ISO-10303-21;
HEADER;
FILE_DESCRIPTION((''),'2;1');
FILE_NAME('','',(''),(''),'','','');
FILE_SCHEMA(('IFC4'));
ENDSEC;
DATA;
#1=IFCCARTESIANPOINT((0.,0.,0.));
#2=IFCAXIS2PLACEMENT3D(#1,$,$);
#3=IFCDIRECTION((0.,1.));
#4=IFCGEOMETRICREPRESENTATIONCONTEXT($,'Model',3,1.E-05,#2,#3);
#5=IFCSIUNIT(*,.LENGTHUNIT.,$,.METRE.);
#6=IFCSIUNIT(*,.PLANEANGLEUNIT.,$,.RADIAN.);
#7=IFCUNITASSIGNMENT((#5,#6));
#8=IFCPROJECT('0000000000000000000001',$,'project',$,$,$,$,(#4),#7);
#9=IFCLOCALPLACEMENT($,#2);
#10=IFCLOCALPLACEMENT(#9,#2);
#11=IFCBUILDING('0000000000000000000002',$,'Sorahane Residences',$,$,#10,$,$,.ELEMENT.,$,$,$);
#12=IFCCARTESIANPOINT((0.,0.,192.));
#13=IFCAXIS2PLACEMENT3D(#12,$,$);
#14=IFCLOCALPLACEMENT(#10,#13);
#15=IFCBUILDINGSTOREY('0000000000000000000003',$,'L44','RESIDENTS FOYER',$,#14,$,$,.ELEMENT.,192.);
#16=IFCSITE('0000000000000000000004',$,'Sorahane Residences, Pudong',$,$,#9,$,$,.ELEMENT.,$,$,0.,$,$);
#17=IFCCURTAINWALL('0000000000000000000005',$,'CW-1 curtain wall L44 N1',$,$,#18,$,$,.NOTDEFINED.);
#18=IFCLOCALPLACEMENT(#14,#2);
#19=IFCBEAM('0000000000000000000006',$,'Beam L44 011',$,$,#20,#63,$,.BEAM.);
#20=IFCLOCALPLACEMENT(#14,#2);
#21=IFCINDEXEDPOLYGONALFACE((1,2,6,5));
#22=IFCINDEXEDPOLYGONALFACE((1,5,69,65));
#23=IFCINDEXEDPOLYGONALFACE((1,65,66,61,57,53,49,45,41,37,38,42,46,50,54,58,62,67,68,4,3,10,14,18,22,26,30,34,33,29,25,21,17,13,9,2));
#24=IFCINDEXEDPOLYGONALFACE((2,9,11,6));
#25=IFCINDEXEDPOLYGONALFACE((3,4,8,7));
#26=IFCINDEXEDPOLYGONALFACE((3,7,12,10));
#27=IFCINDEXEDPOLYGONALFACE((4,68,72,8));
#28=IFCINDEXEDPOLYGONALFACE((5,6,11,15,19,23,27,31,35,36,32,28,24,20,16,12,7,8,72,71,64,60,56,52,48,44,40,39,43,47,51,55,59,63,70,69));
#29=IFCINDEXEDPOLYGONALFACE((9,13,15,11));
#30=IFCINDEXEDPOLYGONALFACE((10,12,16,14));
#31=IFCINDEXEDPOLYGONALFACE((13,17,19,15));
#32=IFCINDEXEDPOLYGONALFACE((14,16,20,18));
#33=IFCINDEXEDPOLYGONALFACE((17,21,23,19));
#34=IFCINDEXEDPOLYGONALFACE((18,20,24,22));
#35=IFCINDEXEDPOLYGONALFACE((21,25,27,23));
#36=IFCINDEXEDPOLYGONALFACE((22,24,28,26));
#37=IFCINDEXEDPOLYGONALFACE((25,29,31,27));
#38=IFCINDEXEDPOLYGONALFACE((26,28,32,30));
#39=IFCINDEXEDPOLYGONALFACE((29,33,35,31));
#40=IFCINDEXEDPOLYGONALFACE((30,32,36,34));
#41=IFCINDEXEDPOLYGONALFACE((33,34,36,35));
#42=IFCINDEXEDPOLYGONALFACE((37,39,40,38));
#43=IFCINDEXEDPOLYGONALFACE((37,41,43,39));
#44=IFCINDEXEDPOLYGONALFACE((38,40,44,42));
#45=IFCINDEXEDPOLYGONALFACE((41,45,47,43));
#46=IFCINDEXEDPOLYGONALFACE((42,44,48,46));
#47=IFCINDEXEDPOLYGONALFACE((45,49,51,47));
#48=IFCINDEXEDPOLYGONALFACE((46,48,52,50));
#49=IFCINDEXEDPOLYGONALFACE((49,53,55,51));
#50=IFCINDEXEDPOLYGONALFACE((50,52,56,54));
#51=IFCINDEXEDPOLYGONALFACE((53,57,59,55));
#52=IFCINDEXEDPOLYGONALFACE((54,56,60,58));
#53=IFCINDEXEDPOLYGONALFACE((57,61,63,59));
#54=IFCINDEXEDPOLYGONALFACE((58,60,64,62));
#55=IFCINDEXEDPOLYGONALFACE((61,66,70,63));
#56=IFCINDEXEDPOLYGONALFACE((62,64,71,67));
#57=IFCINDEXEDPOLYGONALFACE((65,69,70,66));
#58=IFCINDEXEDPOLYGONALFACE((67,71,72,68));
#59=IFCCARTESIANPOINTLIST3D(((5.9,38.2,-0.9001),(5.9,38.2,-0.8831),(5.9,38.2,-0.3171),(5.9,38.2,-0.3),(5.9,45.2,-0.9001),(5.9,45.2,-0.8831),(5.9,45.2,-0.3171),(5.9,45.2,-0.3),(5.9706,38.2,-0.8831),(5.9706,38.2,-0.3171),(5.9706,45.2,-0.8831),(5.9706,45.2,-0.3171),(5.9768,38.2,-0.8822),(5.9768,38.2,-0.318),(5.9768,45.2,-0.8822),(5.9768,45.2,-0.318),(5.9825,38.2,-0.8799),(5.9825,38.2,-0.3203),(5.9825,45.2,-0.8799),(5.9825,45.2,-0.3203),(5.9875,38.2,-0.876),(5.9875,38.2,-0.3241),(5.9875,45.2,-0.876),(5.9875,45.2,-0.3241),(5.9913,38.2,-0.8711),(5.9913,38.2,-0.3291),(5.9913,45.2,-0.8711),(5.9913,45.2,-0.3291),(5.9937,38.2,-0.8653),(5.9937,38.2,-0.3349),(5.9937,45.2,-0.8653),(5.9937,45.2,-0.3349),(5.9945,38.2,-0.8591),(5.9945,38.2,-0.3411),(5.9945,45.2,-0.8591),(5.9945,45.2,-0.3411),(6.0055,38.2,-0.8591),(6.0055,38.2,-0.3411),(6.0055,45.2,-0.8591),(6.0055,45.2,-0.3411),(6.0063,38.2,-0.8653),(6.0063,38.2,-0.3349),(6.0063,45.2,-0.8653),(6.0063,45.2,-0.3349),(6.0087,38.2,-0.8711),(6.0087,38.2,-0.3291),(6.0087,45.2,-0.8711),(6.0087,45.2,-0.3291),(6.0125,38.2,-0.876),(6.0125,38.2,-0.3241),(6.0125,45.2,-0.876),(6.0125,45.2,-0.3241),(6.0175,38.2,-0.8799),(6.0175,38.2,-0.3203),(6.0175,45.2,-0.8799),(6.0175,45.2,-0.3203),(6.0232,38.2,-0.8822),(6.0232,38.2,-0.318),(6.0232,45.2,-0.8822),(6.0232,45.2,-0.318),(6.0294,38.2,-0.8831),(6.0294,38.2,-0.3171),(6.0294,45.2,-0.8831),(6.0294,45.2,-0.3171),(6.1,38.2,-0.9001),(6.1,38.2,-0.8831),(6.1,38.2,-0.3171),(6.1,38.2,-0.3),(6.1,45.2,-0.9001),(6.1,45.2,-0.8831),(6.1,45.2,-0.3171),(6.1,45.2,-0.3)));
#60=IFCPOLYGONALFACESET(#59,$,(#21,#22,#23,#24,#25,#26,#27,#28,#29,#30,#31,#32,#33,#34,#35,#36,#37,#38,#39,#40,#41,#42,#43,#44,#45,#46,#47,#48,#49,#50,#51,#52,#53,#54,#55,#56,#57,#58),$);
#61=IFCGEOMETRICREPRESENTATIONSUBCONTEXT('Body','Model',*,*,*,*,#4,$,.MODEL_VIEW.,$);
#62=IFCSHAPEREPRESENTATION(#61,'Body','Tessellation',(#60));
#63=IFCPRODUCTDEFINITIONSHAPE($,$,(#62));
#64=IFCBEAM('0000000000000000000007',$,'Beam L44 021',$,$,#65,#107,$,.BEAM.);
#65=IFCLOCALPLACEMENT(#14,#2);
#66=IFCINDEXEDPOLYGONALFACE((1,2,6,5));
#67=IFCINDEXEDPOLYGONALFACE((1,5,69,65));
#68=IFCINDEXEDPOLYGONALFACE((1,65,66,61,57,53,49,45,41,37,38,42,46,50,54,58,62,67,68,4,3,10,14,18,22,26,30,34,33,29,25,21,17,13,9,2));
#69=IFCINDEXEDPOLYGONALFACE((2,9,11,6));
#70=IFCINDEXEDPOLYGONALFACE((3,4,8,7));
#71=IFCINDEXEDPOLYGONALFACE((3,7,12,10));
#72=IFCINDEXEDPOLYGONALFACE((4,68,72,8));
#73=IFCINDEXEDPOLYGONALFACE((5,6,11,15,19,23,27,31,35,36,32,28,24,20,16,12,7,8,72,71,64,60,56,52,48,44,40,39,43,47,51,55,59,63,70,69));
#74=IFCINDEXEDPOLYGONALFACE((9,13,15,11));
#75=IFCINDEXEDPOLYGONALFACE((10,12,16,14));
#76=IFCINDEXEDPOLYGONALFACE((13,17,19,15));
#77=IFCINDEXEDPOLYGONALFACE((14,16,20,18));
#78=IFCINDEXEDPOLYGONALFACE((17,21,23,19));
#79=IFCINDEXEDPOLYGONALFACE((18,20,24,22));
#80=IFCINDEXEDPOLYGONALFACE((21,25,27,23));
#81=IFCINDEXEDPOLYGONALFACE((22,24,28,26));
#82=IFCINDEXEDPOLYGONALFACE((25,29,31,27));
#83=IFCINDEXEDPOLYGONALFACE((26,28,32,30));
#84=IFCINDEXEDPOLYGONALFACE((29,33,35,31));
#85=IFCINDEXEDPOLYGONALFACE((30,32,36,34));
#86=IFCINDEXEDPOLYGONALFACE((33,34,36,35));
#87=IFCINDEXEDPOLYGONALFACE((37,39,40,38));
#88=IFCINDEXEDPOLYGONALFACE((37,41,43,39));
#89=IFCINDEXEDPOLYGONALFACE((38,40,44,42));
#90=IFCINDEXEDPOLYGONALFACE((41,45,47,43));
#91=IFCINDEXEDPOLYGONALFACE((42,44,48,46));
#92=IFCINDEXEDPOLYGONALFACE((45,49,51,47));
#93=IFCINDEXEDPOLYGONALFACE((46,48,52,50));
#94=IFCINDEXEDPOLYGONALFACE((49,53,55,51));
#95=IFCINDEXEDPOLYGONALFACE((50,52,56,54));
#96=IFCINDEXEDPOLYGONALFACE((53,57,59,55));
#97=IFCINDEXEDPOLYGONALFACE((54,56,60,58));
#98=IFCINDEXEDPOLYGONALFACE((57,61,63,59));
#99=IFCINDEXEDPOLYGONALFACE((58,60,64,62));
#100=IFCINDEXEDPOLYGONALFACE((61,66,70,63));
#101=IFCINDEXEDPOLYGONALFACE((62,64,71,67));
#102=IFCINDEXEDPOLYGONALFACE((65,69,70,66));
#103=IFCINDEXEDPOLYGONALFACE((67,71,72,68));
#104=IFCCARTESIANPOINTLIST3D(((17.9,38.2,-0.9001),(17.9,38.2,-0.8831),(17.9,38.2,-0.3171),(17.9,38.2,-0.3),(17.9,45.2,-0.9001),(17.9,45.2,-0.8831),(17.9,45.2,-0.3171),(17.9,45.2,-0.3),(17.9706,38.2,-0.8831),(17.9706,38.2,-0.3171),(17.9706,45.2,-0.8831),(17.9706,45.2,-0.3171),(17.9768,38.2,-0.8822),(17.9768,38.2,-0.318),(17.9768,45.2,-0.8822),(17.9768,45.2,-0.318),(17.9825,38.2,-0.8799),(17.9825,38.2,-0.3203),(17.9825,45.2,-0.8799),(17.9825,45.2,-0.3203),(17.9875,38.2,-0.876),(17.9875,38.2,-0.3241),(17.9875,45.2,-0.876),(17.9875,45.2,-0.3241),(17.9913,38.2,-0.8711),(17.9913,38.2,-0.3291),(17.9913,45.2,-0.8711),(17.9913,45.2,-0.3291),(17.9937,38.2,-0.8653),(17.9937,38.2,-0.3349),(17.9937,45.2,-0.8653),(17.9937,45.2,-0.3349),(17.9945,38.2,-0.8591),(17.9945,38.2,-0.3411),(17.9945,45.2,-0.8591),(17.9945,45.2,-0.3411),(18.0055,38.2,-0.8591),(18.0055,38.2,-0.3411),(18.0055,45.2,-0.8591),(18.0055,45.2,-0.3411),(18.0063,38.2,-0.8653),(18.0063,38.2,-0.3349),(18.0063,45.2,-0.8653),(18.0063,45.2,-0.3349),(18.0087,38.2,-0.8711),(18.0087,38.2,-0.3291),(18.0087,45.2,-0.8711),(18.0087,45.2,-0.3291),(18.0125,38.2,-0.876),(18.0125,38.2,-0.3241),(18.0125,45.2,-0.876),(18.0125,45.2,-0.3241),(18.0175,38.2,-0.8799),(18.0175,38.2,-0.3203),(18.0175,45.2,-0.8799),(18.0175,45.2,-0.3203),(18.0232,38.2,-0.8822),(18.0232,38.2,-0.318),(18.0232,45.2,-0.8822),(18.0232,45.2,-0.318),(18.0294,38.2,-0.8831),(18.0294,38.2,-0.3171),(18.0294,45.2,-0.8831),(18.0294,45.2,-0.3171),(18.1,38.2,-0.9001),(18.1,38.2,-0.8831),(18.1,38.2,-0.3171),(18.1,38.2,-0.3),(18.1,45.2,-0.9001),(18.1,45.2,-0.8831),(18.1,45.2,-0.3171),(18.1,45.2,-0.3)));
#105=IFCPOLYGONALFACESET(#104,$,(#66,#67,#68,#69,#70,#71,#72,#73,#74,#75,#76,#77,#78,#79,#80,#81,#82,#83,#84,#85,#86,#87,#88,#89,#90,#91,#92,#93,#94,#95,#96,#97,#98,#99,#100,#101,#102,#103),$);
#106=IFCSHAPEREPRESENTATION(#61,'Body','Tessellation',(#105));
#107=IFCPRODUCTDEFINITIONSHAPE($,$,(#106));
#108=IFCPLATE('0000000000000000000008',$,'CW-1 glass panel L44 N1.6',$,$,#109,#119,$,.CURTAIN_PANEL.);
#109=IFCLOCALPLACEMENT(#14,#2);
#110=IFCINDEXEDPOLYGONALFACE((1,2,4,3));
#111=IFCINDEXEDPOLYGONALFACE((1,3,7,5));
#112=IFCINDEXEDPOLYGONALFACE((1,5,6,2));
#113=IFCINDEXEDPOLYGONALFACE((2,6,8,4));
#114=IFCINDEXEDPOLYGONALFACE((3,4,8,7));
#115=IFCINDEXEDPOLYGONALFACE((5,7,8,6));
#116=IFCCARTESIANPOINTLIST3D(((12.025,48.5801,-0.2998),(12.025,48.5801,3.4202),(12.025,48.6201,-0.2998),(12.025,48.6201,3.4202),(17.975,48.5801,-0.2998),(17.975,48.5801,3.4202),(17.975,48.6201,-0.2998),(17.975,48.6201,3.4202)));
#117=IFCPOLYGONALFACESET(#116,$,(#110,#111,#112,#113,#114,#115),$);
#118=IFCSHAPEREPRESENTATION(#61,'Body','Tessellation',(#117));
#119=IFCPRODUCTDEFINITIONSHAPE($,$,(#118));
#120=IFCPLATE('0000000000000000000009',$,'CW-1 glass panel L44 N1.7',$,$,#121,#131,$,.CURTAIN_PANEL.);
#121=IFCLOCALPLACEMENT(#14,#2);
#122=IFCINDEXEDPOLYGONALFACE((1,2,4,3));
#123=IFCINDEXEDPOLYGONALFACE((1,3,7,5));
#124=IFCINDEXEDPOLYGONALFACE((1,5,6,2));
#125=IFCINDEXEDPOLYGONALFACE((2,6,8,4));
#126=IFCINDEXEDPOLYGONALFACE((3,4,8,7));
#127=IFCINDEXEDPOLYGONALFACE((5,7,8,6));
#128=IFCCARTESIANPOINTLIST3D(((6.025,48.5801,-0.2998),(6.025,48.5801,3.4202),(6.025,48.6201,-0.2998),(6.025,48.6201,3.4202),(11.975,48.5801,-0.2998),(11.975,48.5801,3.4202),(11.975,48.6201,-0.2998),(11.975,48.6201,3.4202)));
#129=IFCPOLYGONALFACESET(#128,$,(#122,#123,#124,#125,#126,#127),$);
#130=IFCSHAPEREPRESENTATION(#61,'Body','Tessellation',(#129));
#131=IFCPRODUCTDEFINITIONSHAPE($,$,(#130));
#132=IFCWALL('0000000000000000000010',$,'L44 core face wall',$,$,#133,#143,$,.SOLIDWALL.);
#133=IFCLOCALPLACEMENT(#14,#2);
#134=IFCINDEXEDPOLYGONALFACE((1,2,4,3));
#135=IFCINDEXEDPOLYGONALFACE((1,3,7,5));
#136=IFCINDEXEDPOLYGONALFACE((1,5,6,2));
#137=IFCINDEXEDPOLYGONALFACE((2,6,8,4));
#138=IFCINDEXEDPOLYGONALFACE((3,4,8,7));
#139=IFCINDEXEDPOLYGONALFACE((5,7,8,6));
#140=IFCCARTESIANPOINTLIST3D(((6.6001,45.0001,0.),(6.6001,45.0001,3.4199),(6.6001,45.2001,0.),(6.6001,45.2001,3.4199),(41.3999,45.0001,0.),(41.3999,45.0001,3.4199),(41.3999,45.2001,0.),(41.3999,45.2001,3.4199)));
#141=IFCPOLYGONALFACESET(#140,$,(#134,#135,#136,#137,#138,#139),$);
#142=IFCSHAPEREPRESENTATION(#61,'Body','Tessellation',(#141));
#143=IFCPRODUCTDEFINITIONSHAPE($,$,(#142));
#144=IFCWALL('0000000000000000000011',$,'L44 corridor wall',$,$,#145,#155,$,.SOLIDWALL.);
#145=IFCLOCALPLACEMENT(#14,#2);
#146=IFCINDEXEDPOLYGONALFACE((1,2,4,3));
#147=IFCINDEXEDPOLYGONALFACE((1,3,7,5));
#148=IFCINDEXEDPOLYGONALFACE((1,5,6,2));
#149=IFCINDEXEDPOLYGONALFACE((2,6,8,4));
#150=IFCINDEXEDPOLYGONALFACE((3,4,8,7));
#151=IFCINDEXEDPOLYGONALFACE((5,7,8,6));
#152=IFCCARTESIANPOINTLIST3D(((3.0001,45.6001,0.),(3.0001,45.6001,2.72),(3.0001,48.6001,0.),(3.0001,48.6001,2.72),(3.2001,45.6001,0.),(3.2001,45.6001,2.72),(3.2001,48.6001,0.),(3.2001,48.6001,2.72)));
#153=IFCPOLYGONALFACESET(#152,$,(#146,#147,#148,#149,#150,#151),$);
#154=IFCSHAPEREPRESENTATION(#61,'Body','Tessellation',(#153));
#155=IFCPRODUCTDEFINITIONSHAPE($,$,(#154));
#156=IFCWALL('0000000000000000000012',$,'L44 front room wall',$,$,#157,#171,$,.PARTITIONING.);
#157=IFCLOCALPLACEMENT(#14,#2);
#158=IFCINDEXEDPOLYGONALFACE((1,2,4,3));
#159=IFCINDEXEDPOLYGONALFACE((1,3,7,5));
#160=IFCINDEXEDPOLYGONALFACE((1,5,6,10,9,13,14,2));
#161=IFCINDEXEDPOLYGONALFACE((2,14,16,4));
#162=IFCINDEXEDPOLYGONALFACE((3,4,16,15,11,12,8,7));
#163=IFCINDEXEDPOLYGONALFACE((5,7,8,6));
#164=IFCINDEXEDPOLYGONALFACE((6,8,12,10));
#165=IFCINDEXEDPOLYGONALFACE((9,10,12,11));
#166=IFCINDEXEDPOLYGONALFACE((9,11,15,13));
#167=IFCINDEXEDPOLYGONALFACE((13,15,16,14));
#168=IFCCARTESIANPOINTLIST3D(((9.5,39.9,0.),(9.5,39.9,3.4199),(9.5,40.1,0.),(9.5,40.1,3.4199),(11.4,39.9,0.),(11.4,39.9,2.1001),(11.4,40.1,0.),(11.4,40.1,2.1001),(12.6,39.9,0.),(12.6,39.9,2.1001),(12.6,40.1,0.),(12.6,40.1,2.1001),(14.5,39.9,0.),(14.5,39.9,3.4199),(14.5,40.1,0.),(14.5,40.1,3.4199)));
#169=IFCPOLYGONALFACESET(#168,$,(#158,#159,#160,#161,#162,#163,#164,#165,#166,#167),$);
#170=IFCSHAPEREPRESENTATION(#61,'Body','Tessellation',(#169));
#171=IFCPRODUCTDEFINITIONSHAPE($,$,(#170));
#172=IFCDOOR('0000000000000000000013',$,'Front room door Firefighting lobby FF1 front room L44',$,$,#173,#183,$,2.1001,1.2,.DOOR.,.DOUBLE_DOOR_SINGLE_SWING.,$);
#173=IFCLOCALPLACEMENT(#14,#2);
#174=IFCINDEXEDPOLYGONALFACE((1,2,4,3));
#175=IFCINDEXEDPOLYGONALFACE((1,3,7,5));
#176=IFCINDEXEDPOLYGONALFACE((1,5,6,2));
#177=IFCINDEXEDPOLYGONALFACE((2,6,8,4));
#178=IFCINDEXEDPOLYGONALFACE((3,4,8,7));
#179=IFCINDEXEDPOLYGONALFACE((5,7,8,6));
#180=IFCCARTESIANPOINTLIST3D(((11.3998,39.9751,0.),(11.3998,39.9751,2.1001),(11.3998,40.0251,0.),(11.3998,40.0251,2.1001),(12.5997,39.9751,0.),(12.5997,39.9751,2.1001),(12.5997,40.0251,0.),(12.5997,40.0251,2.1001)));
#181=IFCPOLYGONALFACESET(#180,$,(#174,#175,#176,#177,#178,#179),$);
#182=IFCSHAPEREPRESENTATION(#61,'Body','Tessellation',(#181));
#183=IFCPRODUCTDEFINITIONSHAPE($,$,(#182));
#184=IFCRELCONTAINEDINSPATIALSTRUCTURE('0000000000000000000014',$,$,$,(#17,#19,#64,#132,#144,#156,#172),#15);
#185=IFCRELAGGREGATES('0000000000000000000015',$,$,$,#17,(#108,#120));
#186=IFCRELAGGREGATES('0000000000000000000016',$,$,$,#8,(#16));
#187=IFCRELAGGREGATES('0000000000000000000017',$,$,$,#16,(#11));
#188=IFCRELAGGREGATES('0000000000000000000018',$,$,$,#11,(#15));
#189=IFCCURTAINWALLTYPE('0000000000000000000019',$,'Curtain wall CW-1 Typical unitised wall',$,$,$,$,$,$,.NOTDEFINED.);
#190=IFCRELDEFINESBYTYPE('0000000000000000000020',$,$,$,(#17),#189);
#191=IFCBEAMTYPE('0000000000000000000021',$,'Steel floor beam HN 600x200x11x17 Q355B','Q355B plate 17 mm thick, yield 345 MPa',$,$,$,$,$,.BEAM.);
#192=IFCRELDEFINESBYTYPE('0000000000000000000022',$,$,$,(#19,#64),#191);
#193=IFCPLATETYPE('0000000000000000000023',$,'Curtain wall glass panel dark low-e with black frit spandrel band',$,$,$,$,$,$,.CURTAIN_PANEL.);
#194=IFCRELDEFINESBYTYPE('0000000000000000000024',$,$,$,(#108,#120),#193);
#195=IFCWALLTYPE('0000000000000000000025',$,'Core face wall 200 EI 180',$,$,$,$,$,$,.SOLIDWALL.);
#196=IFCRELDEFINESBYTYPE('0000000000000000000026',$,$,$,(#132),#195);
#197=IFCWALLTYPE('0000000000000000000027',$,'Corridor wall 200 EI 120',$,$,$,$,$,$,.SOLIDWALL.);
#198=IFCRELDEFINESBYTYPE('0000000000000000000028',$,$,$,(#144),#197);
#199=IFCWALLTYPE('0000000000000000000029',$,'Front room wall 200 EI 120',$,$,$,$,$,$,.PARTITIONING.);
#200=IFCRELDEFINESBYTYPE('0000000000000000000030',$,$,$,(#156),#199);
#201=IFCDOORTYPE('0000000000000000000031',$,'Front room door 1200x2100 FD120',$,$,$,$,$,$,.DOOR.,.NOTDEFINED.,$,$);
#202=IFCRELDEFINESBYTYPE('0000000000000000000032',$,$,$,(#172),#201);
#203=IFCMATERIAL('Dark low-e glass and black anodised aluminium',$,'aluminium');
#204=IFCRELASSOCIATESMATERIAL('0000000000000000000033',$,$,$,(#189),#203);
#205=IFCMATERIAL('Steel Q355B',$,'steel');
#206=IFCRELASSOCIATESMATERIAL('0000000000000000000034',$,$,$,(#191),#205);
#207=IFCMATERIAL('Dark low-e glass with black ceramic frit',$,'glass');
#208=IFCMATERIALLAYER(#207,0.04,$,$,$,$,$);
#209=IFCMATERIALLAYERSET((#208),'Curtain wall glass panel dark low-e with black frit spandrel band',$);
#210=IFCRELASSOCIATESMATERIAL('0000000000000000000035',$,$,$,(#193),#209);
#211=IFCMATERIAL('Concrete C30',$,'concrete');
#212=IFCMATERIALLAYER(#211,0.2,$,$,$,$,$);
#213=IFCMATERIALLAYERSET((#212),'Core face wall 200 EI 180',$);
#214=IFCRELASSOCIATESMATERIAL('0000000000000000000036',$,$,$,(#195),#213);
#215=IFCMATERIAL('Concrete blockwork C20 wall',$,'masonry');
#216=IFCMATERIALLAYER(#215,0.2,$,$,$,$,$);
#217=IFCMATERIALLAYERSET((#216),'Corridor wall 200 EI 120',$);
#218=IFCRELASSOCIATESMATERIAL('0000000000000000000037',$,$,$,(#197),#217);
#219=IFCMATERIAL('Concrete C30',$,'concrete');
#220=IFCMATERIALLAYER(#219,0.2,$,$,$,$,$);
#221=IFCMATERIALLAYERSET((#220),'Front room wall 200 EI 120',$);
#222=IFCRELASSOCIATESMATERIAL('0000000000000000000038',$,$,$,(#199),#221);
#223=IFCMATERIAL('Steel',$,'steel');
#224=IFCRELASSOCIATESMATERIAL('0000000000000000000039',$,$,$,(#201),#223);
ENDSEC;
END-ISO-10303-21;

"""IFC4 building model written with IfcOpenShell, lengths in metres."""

from ifc_helpers import new_model, si_unit, direction, frame, frame_2d, origin, origin_2d, place, context, subcontext, project, spatial, rectangle, i_section, extrude, material, layer, layer_set, material_profile, profile_set, type_object, element, fill, aggregate, save


model = new_model("IFC4")

# Units and contexts
model_context = context("Model", 3, precision=1e-05, world=origin(), true_north=direction((0.0, 1.0)))
body_context = subcontext(model_context, "Body", "Model", "MODEL_VIEW")
ifc_project = project(units=[si_unit("LENGTHUNIT", "METRE"), si_unit("PLANEANGLEUNIT", "RADIAN")], contexts=[model_context])

# Site, building, storey
site_placement = place(None, origin())
site = spatial("IfcSite", under=ifc_project, at=site_placement, Name="Sorahane Residences, Pudong", CompositionType="ELEMENT", RefElevation=0.0)
building_placement = place(site_placement, origin())
building = spatial("IfcBuilding", under=site, at=building_placement, Name="Sorahane Residences", CompositionType="ELEMENT")
storey_placement = place(building_placement, frame((0.0, 0.0, 192.0)))
storey = spatial("IfcBuildingStorey", under=building, at=storey_placement, Name="L44", Description="RESIDENTS FOYER", CompositionType="ELEMENT", Elevation=192.0)

# Curtain wall
ifc_material_1 = material(Name="Dark low-e glass and black anodised aluminium", Category="aluminium")
curtain_wall_type = type_object("IfcCurtainWallType", Name="Curtain wall CW-1 Typical unitised wall", PredefinedType="NOTDEFINED", material=ifc_material_1)
curtain_wall_placement = place(storey_placement, origin())
curtain_wall = element("IfcCurtainWall", 1, at=curtain_wall_placement, inside=storey, type_object=curtain_wall_type, Name="CW-1 curtain wall L44 N1", PredefinedType="NOTDEFINED")

# Beams
ifc_material_2 = material(Name="Steel Q355B", Category="steel")
ifc_material_profile_1 = material_profile(ifc_material_2, i_section(OverallWidth=0.2, OverallDepth=0.6001, WebThickness=0.011, FlangeThickness=0.0171, FilletRadius=0.0239, at=origin_2d()), Name="HN 600x200x11x17")
ifc_profile_set_1 = profile_set([ifc_material_profile_1], Name="Steel Q355B")
beam_type_1 = type_object("IfcBeamType", Name="Steel floor beam HN 600x200x11x17 Q355B", Description="Q355B plate 17 mm thick, yield 345 MPa", PredefinedType="BEAM", material=ifc_profile_set_1)
for number, where, z_axis, x_axis, name in (
    (2, (6.0, 38.2, -0.6001), (0.0, 1.0, 0.0), (-1.0, 0.0, 0.0), "Beam L44 011"),
    (3, (18.0, 38.2, -0.6001), (0.0, 1.0, 0.0), (-1.0, 0.0, 0.0), "Beam L44 021"),
):
    element("IfcBeam", number, at=place(storey_placement, frame(where, z_axis=z_axis, x_axis=x_axis)), inside=storey, type_object=beam_type_1, Name=name, PredefinedType="BEAM", context=body_context, shape_type="SweptSolid", body=[
        extrude(i_section(OverallWidth=0.2, OverallDepth=0.6001, WebThickness=0.011, FlangeThickness=0.0171, FilletRadius=0.0239, at=origin_2d()), origin(), (0.0, 0.0, 1.0), 7.0),
    ])

# Plates
ifc_material_3 = material(Name="Dark low-e glass with black ceramic frit", Category="glass")
ifc_layer_1 = layer(ifc_material_3, 0.04)
ifc_layer_set_1 = layer_set([ifc_layer_1], Name="Curtain wall glass panel dark low-e with black frit spandrel band")
plate_type = type_object("IfcPlateType", Name="Curtain wall glass panel dark low-e with black frit spandrel band", PredefinedType="CURTAIN_PANEL", material=ifc_layer_set_1)
plate_1_placement = place(storey_placement, frame((15.0, 48.6001, -0.2998), z_axis=(0.0, 0.0, 1.0), x_axis=(-1.0, 0.0, 0.0)))
plate_1 = element("IfcPlate", 4, at=plate_1_placement, type_object=plate_type, Name="CW-1 glass panel L44 N1.6", PredefinedType="CURTAIN_PANEL", context=body_context, shape_type="SweptSolid", body=[
    extrude(rectangle(XDim=5.95, YDim=0.04, at=origin_2d()), origin(), (0.0, 0.0, 1.0), 3.72),
])
plate_2_placement = place(storey_placement, frame((9.0, 48.6001, -0.2998), z_axis=(0.0, 0.0, 1.0), x_axis=(-1.0, 0.0, 0.0)))
plate_2 = element("IfcPlate", 5, at=plate_2_placement, type_object=plate_type, Name="CW-1 glass panel L44 N1.7", PredefinedType="CURTAIN_PANEL", context=body_context, shape_type="SweptSolid", body=[
    extrude(rectangle(XDim=5.95, YDim=0.04, at=origin_2d()), origin(), (0.0, 0.0, 1.0), 3.72),
])
aggregate(curtain_wall, [plate_1, plate_2])

# Walls
ifc_material_4 = material(Name="Concrete C30", Category="concrete")
ifc_layer_2 = layer(ifc_material_4, 0.2)
ifc_layer_set_2 = layer_set([ifc_layer_2], Name="Core face wall 200 EI 180")
wall_type_1 = type_object("IfcWallType", Name="Core face wall 200 EI 180", PredefinedType="SOLIDWALL", material=ifc_layer_set_2)
wall_1_placement = place(storey_placement, frame((6.6001, 45.1001, 0.0), z_axis=(0.0, 0.0, 1.0), x_axis=(1.0, 0.0, 0.0)))
element("IfcWall", 6, at=wall_1_placement, inside=storey, type_object=wall_type_1, Name="L44 core face wall", PredefinedType="SOLIDWALL", context=body_context, shape_type="SweptSolid", body=[
    extrude(rectangle(XDim=34.7998, YDim=0.2, at=frame_2d((17.3999, 0.0))), origin(), (0.0, 0.0, 1.0), 3.4199),
])
ifc_material_5 = material(Name="Concrete blockwork C20 wall", Category="masonry")
ifc_layer_3 = layer(ifc_material_5, 0.2)
ifc_layer_set_3 = layer_set([ifc_layer_3], Name="Corridor wall 200 EI 120")
wall_type_2 = type_object("IfcWallType", Name="Corridor wall 200 EI 120", PredefinedType="SOLIDWALL", material=ifc_layer_set_3)
wall_2_placement = place(storey_placement, frame((3.1001, 45.6001, 0.0), z_axis=(0.0, 0.0, 1.0), x_axis=(0.0, 1.0, 0.0)))
element("IfcWall", 7, at=wall_2_placement, inside=storey, type_object=wall_type_2, Name="L44 corridor wall", PredefinedType="SOLIDWALL", context=body_context, shape_type="SweptSolid", body=[
    extrude(rectangle(XDim=3.0, YDim=0.2, at=frame_2d((1.5, 0.0))), origin(), (0.0, 0.0, 1.0), 2.72),
])

# Wall, opening, door
ifc_material_6 = material(Name="Concrete C30", Category="concrete")
ifc_layer_4 = layer(ifc_material_6, 0.2)
ifc_layer_set_4 = layer_set([ifc_layer_4], Name="Front room wall 200 EI 120")
wall_type_3 = type_object("IfcWallType", Name="Front room wall 200 EI 120", PredefinedType="PARTITIONING", material=ifc_layer_set_4)
wall_3_placement = place(storey_placement, frame((9.5, 40.0, 0.0), z_axis=(0.0, 0.0, 1.0), x_axis=(1.0, 0.0, 0.0)))
wall_3 = element("IfcWall", 8, at=wall_3_placement, inside=storey, type_object=wall_type_3, Name="L44 front room wall", PredefinedType="PARTITIONING", context=body_context, shape_type="SweptSolid", body=[
    extrude(rectangle(XDim=5.0, YDim=0.2, at=frame_2d((2.5, 0.0))), origin(), (0.0, 0.0, 1.0), 3.4199),
])
opening_placement = place(wall_3_placement, frame((1.8999, 0.0, 0.0)))
opening = element("IfcOpeningElement", 9, at=opening_placement, cuts=wall_3, PredefinedType="OPENING", context=body_context, shape_type="SweptSolid", body=[
    extrude(rectangle(XDim=1.2, YDim=2.1001, at=frame_2d((0.6001, 1.05))), frame((0.0, 0.1099, 0.0), z_axis=(0.0, -1.0, 0.0), x_axis=(1.0, 0.0, 0.0)), (0.0, 0.0, 1.0), 0.22),
])
ifc_material_7 = material(Name="Steel", Category="steel")
door_type = type_object("IfcDoorType", Name="Front room door 1200x2100 FD120", OperationType="NOTDEFINED", PredefinedType="DOOR", material=ifc_material_7)
door_placement = place(opening_placement, frame((1.2, 0.0, 0.0), z_axis=(0.0, 0.0, 1.0), x_axis=(-1.0, 0.0, 0.0)))
door = element("IfcDoor", 10, at=door_placement, inside=storey, type_object=door_type, Name="Front room door Firefighting lobby FF1 front room L44", OperationType="DOUBLE_DOOR_SINGLE_SWING", OverallHeight=2.1001, OverallWidth=1.2, PredefinedType="DOOR", context=body_context, shape_type="SweptSolid", body=[
    extrude(rectangle(XDim=1.2, YDim=2.1001, at=frame_2d((0.6001, 1.05))), frame((0.0, 0.0249, 0.0), z_axis=(0.0, -1.0, 0.0), x_axis=(1.0, 0.0, 0.0)), (0.0, 0.0, 1.0), 0.05),
])
fill(opening, door)

save(model, "model.ifc")
